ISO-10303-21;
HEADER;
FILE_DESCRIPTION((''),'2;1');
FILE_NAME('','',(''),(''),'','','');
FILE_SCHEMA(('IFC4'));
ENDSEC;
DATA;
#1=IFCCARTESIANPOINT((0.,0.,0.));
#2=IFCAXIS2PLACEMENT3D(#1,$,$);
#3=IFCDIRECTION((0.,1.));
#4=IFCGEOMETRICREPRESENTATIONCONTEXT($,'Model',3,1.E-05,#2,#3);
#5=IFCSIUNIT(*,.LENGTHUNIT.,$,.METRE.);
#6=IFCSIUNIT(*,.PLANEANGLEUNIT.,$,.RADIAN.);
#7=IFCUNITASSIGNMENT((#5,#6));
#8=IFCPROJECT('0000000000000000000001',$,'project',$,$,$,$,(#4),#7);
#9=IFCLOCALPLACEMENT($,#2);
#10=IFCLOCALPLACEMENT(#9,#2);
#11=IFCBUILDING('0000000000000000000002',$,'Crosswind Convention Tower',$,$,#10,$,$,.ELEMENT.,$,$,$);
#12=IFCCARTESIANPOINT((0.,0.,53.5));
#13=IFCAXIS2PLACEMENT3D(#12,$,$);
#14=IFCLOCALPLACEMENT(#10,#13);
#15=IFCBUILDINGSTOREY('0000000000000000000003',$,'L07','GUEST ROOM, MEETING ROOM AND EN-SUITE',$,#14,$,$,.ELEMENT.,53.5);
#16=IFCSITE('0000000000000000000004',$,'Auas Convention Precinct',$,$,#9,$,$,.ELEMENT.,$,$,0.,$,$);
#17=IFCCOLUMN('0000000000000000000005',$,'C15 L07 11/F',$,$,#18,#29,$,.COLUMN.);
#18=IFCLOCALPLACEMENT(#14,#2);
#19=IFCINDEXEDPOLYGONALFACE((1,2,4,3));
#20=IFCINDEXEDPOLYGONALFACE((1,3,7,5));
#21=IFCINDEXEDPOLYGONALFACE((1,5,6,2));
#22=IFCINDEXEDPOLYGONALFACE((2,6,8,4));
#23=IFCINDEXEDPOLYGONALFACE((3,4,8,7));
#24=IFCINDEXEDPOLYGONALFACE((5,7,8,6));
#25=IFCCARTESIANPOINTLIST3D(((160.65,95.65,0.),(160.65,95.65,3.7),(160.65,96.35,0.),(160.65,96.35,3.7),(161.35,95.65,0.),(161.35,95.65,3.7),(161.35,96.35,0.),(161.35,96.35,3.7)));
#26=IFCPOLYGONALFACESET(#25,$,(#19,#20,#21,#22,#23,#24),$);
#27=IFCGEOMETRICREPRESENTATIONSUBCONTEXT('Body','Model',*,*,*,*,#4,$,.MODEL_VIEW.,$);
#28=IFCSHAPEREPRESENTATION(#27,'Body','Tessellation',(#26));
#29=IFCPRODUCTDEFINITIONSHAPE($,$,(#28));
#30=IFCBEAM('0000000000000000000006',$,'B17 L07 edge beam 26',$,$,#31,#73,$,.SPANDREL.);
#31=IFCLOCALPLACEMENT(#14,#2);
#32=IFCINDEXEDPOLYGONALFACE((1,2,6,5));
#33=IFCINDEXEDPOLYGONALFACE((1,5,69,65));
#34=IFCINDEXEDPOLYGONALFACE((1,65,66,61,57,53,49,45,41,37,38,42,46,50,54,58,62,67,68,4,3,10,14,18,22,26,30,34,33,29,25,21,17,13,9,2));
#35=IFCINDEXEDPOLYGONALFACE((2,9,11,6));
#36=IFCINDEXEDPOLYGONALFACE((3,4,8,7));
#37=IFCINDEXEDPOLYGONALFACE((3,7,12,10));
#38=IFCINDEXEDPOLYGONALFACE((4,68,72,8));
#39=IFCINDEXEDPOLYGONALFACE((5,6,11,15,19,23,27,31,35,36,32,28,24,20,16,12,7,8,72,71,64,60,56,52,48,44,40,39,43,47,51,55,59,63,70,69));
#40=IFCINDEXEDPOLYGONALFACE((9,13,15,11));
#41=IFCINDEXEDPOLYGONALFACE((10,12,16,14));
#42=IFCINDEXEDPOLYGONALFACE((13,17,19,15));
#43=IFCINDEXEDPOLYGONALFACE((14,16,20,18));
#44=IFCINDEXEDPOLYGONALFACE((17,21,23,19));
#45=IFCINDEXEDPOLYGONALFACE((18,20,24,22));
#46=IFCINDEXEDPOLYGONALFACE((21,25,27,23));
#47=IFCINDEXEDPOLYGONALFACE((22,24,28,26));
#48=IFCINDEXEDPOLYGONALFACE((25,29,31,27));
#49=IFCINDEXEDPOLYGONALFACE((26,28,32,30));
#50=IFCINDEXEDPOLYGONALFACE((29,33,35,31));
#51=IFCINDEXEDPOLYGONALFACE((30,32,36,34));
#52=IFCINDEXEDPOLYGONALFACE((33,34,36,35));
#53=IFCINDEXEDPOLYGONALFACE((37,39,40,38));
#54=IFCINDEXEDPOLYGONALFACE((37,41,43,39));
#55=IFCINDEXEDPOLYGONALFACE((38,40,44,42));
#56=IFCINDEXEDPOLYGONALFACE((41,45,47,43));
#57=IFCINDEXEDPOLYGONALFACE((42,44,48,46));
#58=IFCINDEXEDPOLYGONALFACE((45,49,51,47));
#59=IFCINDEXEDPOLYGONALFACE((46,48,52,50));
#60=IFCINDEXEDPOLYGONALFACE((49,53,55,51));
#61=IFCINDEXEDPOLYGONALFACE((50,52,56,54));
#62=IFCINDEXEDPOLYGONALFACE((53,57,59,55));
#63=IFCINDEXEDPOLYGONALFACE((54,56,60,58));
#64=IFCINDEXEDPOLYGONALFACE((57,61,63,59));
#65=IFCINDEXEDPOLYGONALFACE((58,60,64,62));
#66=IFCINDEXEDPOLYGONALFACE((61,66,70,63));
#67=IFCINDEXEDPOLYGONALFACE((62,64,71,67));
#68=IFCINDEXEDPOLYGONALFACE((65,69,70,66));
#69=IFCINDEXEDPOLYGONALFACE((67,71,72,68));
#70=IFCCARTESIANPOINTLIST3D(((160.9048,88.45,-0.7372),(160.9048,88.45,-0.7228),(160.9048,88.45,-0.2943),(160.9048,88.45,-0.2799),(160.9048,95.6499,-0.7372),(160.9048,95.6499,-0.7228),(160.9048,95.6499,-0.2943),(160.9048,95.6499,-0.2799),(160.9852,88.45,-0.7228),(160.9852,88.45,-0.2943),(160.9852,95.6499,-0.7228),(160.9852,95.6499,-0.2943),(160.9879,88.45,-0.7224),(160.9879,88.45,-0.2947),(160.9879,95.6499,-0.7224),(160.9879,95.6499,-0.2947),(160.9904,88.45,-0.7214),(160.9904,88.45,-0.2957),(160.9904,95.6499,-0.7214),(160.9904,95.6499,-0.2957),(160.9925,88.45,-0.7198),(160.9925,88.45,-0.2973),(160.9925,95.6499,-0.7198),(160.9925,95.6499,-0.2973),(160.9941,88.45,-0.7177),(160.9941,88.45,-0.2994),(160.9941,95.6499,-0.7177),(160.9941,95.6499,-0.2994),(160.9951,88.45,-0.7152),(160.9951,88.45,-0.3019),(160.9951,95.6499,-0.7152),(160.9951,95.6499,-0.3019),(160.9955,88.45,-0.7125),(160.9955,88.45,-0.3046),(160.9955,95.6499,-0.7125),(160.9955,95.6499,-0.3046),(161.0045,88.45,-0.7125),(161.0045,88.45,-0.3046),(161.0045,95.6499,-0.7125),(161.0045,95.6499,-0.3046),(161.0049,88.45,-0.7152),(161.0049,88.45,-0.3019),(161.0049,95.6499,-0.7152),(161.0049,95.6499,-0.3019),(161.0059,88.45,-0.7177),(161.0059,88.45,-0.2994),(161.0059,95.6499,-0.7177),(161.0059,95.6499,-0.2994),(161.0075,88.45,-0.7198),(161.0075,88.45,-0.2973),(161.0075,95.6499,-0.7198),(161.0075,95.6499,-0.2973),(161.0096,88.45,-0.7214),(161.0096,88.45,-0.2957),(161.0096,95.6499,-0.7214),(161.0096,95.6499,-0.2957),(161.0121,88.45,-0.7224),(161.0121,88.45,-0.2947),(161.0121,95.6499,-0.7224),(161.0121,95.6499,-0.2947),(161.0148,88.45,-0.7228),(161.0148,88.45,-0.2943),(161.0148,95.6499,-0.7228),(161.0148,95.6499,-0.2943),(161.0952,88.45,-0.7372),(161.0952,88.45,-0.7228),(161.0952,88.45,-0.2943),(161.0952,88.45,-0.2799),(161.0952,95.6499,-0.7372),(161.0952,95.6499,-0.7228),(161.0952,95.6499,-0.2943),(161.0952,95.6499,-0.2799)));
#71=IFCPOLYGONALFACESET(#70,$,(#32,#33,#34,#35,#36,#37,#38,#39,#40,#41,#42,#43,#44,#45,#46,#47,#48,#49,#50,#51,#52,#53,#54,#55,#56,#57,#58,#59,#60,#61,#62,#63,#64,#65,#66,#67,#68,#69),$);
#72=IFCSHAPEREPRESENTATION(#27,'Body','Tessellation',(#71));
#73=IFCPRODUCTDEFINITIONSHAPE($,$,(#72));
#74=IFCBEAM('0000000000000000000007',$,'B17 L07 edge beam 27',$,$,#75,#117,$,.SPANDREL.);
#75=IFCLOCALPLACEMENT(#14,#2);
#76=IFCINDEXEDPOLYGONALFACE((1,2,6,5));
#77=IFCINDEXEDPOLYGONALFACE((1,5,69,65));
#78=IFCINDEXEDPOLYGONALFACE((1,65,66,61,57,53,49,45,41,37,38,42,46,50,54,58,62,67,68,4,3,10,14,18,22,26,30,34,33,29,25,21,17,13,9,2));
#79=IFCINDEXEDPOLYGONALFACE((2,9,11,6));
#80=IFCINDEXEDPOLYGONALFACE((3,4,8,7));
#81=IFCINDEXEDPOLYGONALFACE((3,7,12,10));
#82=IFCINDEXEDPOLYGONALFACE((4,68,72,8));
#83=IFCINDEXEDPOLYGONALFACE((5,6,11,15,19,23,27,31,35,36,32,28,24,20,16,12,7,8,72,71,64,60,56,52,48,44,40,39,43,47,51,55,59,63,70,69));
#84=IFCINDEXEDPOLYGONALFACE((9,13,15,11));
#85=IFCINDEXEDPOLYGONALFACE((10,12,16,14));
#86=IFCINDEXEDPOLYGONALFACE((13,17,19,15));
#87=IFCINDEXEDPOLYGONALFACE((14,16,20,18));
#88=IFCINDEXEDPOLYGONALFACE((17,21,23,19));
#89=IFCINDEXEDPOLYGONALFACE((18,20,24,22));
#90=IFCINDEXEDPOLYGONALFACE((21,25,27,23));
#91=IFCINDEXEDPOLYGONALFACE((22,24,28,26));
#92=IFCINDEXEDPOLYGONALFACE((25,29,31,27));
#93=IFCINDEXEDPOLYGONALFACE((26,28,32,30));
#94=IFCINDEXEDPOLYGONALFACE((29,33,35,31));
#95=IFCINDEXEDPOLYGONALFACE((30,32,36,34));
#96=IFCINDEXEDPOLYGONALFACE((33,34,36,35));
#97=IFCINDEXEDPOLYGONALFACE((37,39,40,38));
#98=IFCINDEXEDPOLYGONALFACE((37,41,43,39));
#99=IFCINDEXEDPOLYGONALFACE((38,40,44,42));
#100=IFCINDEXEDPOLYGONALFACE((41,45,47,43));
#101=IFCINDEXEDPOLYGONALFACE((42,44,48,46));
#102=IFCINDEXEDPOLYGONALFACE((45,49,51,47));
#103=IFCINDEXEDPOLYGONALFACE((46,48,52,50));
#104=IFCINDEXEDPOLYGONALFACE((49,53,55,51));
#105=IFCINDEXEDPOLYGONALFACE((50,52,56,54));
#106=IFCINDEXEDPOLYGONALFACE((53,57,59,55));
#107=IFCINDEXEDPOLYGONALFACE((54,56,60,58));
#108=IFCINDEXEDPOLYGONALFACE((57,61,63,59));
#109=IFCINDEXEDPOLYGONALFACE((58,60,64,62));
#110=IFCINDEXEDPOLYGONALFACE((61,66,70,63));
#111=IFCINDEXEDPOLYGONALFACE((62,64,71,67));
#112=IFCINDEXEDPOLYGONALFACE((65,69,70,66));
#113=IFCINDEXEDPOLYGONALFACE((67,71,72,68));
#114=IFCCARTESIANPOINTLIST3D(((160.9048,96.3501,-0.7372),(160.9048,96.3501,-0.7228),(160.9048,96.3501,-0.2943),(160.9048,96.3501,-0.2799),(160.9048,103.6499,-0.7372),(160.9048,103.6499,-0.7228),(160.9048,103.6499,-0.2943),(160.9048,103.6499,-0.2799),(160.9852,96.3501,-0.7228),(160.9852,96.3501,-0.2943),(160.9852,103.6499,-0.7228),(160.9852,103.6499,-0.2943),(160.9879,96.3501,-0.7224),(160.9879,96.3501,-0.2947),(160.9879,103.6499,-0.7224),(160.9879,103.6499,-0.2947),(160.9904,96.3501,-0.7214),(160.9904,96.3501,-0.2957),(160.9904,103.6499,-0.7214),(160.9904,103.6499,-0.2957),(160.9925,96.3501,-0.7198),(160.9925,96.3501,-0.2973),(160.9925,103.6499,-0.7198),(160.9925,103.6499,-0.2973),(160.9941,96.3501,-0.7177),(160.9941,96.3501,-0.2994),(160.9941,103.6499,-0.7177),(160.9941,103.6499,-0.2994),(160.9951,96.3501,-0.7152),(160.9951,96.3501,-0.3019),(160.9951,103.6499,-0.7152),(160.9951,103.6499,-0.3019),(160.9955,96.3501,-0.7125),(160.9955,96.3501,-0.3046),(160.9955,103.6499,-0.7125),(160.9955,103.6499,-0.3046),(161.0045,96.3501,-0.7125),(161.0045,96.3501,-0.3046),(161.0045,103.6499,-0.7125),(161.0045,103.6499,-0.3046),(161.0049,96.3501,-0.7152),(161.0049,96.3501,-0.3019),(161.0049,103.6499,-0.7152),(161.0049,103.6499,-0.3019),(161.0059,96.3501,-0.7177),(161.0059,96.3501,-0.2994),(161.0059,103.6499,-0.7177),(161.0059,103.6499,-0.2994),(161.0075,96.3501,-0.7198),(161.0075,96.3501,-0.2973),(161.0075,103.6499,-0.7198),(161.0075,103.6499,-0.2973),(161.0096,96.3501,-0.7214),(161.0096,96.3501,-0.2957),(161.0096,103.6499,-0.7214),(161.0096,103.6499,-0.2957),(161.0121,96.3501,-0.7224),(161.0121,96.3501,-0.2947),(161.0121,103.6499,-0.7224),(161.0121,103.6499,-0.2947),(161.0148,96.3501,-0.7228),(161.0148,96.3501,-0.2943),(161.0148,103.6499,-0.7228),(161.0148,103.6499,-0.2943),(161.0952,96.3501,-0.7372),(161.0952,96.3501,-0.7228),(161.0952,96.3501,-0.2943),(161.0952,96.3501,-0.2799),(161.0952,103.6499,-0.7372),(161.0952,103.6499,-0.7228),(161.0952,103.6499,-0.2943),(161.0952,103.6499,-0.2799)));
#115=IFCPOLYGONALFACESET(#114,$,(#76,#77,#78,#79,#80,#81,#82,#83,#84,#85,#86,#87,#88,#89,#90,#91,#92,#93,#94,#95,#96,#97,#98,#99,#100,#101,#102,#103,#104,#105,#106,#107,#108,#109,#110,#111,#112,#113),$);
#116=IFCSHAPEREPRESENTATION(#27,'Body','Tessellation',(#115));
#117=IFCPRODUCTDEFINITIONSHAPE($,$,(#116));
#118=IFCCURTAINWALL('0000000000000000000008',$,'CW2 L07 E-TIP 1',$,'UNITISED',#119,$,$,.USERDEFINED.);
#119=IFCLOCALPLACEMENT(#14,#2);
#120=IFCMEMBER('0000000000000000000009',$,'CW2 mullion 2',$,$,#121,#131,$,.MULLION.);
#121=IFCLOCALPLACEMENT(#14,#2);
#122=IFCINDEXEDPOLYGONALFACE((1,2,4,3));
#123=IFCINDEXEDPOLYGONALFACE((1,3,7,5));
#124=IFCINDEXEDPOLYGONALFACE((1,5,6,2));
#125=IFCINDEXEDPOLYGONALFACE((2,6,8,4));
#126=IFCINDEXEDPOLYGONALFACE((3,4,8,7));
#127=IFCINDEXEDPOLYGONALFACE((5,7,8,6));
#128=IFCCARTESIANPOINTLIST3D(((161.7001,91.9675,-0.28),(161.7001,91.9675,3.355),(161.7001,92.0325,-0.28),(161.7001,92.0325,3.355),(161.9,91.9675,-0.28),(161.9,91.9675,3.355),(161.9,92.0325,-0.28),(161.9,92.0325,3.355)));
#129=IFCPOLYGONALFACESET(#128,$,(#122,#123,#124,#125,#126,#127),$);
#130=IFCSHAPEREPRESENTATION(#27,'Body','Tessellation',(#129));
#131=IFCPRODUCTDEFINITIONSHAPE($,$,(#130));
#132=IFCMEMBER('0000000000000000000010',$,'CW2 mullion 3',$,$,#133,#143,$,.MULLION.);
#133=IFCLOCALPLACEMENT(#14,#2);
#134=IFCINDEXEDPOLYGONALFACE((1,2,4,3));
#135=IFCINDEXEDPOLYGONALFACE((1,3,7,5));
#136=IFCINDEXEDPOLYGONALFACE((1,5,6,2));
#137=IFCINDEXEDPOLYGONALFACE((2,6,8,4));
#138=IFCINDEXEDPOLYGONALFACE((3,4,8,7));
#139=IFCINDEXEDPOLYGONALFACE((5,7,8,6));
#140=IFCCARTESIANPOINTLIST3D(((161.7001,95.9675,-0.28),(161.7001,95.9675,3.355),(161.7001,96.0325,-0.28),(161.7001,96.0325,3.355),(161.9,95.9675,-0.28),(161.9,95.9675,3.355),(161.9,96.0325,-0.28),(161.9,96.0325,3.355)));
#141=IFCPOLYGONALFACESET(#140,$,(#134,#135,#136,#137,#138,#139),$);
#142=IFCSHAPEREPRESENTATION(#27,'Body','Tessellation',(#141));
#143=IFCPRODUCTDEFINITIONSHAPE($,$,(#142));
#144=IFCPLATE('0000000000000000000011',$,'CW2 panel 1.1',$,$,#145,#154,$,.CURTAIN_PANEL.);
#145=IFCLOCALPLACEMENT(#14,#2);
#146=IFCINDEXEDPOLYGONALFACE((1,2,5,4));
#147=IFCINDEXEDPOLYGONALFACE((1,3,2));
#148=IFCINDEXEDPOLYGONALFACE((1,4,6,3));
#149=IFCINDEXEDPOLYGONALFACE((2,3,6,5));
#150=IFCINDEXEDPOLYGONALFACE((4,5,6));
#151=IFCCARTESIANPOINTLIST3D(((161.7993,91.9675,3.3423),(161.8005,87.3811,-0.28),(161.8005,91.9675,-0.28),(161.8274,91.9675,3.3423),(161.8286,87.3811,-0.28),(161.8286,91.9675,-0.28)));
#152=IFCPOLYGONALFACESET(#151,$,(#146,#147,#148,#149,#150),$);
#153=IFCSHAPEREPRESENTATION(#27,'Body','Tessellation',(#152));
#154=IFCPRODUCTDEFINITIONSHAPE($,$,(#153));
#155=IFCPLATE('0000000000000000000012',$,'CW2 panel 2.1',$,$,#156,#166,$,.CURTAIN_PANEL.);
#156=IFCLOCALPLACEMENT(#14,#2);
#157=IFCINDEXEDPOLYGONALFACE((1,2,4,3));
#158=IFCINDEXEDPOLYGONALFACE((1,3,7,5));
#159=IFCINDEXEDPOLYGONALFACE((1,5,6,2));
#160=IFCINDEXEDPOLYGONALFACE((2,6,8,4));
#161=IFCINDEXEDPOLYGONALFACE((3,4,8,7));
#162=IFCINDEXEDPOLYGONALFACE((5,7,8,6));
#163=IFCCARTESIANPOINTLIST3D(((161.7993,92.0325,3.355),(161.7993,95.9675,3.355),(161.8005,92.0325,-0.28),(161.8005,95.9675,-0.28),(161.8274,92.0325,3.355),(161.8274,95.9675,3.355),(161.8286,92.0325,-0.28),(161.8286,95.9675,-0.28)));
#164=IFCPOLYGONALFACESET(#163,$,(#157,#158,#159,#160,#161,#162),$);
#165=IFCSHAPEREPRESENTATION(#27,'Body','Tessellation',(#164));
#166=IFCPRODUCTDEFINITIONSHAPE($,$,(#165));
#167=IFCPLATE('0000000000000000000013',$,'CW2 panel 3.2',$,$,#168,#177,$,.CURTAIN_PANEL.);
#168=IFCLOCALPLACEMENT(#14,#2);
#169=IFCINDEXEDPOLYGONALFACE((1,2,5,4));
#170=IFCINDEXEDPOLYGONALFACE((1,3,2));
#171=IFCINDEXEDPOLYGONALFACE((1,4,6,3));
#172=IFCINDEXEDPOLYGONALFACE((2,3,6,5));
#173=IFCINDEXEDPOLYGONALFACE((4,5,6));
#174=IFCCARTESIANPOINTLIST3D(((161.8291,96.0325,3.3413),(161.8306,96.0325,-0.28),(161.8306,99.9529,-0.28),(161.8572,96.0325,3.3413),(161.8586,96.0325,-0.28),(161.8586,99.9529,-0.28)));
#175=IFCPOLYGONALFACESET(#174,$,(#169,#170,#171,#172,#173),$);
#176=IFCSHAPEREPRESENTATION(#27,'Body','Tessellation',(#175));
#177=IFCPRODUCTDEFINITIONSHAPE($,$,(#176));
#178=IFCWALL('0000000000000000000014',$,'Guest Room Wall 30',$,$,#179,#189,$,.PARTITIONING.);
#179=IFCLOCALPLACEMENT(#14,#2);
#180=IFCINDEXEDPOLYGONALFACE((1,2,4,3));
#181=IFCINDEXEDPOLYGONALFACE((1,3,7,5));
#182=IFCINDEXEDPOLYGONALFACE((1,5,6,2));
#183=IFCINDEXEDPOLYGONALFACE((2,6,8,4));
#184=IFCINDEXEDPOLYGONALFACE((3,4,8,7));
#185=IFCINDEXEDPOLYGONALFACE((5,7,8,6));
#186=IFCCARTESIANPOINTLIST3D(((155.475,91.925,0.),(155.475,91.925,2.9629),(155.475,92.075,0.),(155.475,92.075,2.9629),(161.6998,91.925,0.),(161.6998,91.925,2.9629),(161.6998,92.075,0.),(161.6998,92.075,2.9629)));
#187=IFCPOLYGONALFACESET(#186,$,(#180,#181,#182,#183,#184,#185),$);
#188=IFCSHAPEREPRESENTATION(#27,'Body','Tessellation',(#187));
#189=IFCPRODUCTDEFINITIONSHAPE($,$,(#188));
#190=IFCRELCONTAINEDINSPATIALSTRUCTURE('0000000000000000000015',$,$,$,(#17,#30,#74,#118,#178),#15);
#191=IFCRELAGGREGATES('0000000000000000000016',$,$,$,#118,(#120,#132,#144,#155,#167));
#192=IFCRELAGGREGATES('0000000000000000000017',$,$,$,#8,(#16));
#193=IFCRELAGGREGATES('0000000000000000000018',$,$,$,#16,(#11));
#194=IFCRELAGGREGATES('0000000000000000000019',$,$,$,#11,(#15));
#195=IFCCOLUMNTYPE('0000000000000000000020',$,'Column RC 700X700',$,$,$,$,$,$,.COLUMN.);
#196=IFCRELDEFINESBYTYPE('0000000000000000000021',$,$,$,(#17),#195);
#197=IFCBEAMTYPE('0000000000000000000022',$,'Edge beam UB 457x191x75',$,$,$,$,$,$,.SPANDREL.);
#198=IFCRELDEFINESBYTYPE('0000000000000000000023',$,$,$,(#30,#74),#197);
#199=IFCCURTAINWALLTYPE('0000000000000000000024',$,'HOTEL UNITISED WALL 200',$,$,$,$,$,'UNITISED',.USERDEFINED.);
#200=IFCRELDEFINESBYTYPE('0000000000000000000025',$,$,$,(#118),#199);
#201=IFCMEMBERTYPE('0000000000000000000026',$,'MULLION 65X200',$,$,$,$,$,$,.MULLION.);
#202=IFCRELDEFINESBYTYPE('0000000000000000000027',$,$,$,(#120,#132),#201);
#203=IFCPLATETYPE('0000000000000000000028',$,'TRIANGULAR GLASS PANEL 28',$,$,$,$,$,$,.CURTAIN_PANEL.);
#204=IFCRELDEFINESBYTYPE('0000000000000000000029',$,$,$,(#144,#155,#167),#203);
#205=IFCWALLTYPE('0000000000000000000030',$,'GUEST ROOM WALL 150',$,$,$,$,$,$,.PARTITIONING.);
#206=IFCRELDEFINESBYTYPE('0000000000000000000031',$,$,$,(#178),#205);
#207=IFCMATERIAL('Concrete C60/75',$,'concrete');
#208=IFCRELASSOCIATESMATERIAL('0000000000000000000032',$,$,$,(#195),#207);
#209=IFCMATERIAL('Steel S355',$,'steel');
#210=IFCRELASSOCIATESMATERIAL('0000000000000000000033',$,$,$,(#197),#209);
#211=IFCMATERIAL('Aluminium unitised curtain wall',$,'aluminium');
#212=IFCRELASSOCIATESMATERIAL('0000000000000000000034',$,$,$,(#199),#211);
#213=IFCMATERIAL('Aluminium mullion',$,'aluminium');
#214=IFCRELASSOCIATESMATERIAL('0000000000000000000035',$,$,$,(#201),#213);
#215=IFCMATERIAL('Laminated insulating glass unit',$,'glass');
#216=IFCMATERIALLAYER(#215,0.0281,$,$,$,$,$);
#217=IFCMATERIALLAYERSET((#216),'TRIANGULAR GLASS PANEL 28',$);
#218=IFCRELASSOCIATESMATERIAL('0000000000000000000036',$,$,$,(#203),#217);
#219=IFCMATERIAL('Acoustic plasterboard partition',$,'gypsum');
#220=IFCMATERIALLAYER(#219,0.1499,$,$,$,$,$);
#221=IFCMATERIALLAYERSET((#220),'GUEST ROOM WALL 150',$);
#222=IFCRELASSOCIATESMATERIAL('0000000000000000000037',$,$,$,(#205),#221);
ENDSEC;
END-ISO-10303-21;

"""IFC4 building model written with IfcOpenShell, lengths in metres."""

from ifc_helpers import new_model, si_unit, direction, frame, frame_2d, origin, origin_2d, place, context, subcontext, project, spatial, polyline, rectangle, i_section, outline, extrude, material, layer, layer_set, material_profile, profile_set, type_object, element, aggregate, save


model = new_model("IFC4")

# Units and contexts
model_context = context("Model", 3, precision=1e-05, world=origin(), true_north=direction((0.0, 1.0)))
body_context = subcontext(model_context, "Body", "Model", "MODEL_VIEW")
ifc_project = project(units=[si_unit("LENGTHUNIT", "METRE"), si_unit("PLANEANGLEUNIT", "RADIAN")], contexts=[model_context])

# Site, building, storey
site_placement = place(None, origin())
site = spatial("IfcSite", under=ifc_project, at=site_placement, Name="Auas Convention Precinct", CompositionType="ELEMENT", RefElevation=0.0)
building_placement = place(site_placement, origin())
building = spatial("IfcBuilding", under=site, at=building_placement, Name="Crosswind Convention Tower", CompositionType="ELEMENT")
storey_placement = place(building_placement, frame((0.0, 0.0, 53.5)))
storey = spatial("IfcBuildingStorey", under=building, at=storey_placement, Name="L07", Description="GUEST ROOM, MEETING ROOM AND EN-SUITE", CompositionType="ELEMENT", Elevation=53.5)

# Column
ifc_material_1 = material(Name="Concrete C60/75", Category="concrete")
ifc_material_profile_1 = material_profile(ifc_material_1, rectangle(XDim=0.7, YDim=0.7, at=origin_2d()), Name="RC 700X700")
ifc_profile_set_1 = profile_set([ifc_material_profile_1], Name="Concrete C60/75")
column_type = type_object("IfcColumnType", Name="Column RC 700X700", PredefinedType="COLUMN", material=ifc_profile_set_1)
column_placement = place(storey_placement, frame((161.0, 96.0, 0.0), z_axis=(0.0, 0.0, 1.0), x_axis=(1.0, 0.0, 0.0)))
element("IfcColumn", 1, at=column_placement, inside=storey, type_object=column_type, Name="C15 L07 11/F", PredefinedType="COLUMN", context=body_context, shape_type="SweptSolid", body=[
    extrude(rectangle(XDim=0.7, YDim=0.7, at=origin_2d()), origin(), (0.0, 0.0, 1.0), 3.7),
])

# Beams
ifc_material_2 = material(Name="Steel S355", Category="steel")
ifc_material_profile_2 = material_profile(ifc_material_2, i_section(OverallWidth=0.1904, OverallDepth=0.4573, WebThickness=0.009, FlangeThickness=0.0144, FilletRadius=0.0103, at=origin_2d()), Name="UB 457x191x75")
ifc_profile_set_2 = profile_set([ifc_material_profile_2], Name="Steel S355")
beam_type = type_object("IfcBeamType", Name="Edge beam UB 457x191x75", PredefinedType="SPANDREL", material=ifc_profile_set_2)
beam_1_placement = place(storey_placement, frame((161.0, 88.45, -0.5085), z_axis=(0.0, 1.0, 0.0), x_axis=(-1.0, 0.0, 0.0)))
element("IfcBeam", 2, at=beam_1_placement, inside=storey, type_object=beam_type, Name="B17 L07 edge beam 26", PredefinedType="SPANDREL", context=body_context, shape_type="SweptSolid", body=[
    extrude(i_section(OverallWidth=0.1904, OverallDepth=0.4573, WebThickness=0.009, FlangeThickness=0.0144, FilletRadius=0.0103, at=origin_2d()), origin(), (0.0, 0.0, 1.0), 7.2),
])
beam_2_placement = place(storey_placement, frame((161.0, 96.3501, -0.5085), z_axis=(0.0, 1.0, 0.0), x_axis=(-1.0, 0.0, 0.0)))
element("IfcBeam", 3, at=beam_2_placement, inside=storey, type_object=beam_type, Name="B17 L07 edge beam 27", PredefinedType="SPANDREL", context=body_context, shape_type="SweptSolid", body=[
    extrude(i_section(OverallWidth=0.1904, OverallDepth=0.4573, WebThickness=0.009, FlangeThickness=0.0144, FilletRadius=0.0103, at=origin_2d()), origin(), (0.0, 0.0, 1.0), 7.2998),
])

# Curtain wall, members, plates
ifc_material_3 = material(Name="Aluminium unitised curtain wall", Category="aluminium")
curtain_wall_type = type_object("IfcCurtainWallType", Name="HOTEL UNITISED WALL 200", ElementType="UNITISED", PredefinedType="USERDEFINED", material=ifc_material_3)
curtain_wall_placement = place(storey_placement, origin())
curtain_wall = element("IfcCurtainWall", 4, at=curtain_wall_placement, inside=storey, type_object=curtain_wall_type, Name="CW2 L07 E-TIP 1", ObjectType="UNITISED", PredefinedType="USERDEFINED")
ifc_material_4 = material(Name="Aluminium mullion", Category="aluminium")
ifc_material_profile_3 = material_profile(ifc_material_4, rectangle(XDim=0.2, YDim=0.0649, at=origin_2d()), Name="AL 200X65")
ifc_profile_set_3 = profile_set([ifc_material_profile_3], Name="Aluminium mullion")
member_type = type_object("IfcMemberType", Name="MULLION 65X200", PredefinedType="MULLION", material=ifc_profile_set_3)
member_1_placement = place(storey_placement, frame((161.8, 92.0, -0.28), z_axis=(0.0, 0.0, 1.0), x_axis=(1.0, 0.0, 0.0)))
member_1 = element("IfcMember", 5, at=member_1_placement, type_object=member_type, Name="CW2 mullion 2", PredefinedType="MULLION", context=body_context, shape_type="SweptSolid", body=[
    extrude(rectangle(XDim=0.2, YDim=0.0649, at=origin_2d()), origin(), (0.0, 0.0, 1.0), 3.635),
])
member_2_placement = place(storey_placement, frame((161.8, 96.0, -0.28), z_axis=(0.0, 0.0, 1.0), x_axis=(1.0, 0.0, 0.0)))
member_2 = element("IfcMember", 6, at=member_2_placement, type_object=member_type, Name="CW2 mullion 3", PredefinedType="MULLION", context=body_context, shape_type="SweptSolid", body=[
    extrude(rectangle(XDim=0.2, YDim=0.0649, at=origin_2d()), origin(), (0.0, 0.0, 1.0), 3.635),
])
ifc_material_5 = material(Name="Laminated insulating glass unit", Category="glass")
ifc_layer_1 = layer(ifc_material_5, 0.0281)
ifc_layer_set_1 = layer_set([ifc_layer_1], Name="TRIANGULAR GLASS PANEL 28")
plate_type = type_object("IfcPlateType", Name="TRIANGULAR GLASS PANEL 28", PredefinedType="CURTAIN_PANEL", material=ifc_layer_set_1)
plate_1_placement = place(storey_placement, frame((161.8286, 91.9675, -0.28), z_axis=(1.0, 0.0, 0.000337), x_axis=(-0.000337, 0.0, 1.0)))
plate_1 = element("IfcPlate", 7, at=plate_1_placement, type_object=plate_type, Name="CW2 panel 1.1", PredefinedType="CURTAIN_PANEL", context=body_context, shape_type="SweptSolid", body=[
    extrude(outline(polyline([(0.0, 0.0), (3.6223, 0.0), (0.0, 4.5864), (0.0, 0.0)])), origin(), (0.0, 0.0, -1.0), 0.0281),
])
plate_2_placement = place(storey_placement, frame((161.8286, 92.0325, -0.28), z_axis=(1.0, 0.0, 0.000336), x_axis=(0.0, 1.0, 0.0)))
plate_2 = element("IfcPlate", 8, at=plate_2_placement, type_object=plate_type, Name="CW2 panel 2.1", PredefinedType="CURTAIN_PANEL", context=body_context, shape_type="SweptSolid", body=[
    extrude(outline(polyline([(0.0, 0.0), (3.9351, 0.0), (3.9351, 3.635), (0.0, 3.635), (0.0, 0.0)])), origin(), (0.0, 0.0, -1.0), 0.0281),
])
plate_3_placement = place(storey_placement, frame((161.8586, 96.0325, -0.28), z_axis=(1.0, 0.0, 0.000405), x_axis=(0.0, 1.0, 0.0)))
plate_3 = element("IfcPlate", 9, at=plate_3_placement, type_object=plate_type, Name="CW2 panel 3.2", PredefinedType="CURTAIN_PANEL", context=body_context, shape_type="SweptSolid", body=[
    extrude(outline(polyline([(0.0, 0.0), (3.9204, 0.0), (0.0, 3.6213), (0.0, 0.0)])), origin(), (0.0, 0.0, -1.0), 0.0281),
])
aggregate(curtain_wall, [member_1, member_2, plate_1, plate_2, plate_3])

# Wall
ifc_material_6 = material(Name="Acoustic plasterboard partition", Category="gypsum")
ifc_layer_2 = layer(ifc_material_6, 0.1499)
ifc_layer_set_2 = layer_set([ifc_layer_2], Name="GUEST ROOM WALL 150")
wall_type_1 = type_object("IfcWallType", Name="GUEST ROOM WALL 150", PredefinedType="PARTITIONING", material=ifc_layer_set_2)
wall_1_placement = place(storey_placement, frame((155.4751, 92.0, 0.0), z_axis=(0.0, 0.0, 1.0), x_axis=(1.0, 0.0, 0.0)))
element("IfcWall", 10, at=wall_1_placement, inside=storey, type_object=wall_type_1, Name="Guest Room Wall 30", PredefinedType="PARTITIONING", context=body_context, shape_type="SweptSolid", body=[
    extrude(rectangle(XDim=6.2249, YDim=0.1499, at=frame_2d((3.1123, 0.0))), origin(), (0.0, 0.0, 1.0), 2.9629),
])

save(model, "model.ifc")
